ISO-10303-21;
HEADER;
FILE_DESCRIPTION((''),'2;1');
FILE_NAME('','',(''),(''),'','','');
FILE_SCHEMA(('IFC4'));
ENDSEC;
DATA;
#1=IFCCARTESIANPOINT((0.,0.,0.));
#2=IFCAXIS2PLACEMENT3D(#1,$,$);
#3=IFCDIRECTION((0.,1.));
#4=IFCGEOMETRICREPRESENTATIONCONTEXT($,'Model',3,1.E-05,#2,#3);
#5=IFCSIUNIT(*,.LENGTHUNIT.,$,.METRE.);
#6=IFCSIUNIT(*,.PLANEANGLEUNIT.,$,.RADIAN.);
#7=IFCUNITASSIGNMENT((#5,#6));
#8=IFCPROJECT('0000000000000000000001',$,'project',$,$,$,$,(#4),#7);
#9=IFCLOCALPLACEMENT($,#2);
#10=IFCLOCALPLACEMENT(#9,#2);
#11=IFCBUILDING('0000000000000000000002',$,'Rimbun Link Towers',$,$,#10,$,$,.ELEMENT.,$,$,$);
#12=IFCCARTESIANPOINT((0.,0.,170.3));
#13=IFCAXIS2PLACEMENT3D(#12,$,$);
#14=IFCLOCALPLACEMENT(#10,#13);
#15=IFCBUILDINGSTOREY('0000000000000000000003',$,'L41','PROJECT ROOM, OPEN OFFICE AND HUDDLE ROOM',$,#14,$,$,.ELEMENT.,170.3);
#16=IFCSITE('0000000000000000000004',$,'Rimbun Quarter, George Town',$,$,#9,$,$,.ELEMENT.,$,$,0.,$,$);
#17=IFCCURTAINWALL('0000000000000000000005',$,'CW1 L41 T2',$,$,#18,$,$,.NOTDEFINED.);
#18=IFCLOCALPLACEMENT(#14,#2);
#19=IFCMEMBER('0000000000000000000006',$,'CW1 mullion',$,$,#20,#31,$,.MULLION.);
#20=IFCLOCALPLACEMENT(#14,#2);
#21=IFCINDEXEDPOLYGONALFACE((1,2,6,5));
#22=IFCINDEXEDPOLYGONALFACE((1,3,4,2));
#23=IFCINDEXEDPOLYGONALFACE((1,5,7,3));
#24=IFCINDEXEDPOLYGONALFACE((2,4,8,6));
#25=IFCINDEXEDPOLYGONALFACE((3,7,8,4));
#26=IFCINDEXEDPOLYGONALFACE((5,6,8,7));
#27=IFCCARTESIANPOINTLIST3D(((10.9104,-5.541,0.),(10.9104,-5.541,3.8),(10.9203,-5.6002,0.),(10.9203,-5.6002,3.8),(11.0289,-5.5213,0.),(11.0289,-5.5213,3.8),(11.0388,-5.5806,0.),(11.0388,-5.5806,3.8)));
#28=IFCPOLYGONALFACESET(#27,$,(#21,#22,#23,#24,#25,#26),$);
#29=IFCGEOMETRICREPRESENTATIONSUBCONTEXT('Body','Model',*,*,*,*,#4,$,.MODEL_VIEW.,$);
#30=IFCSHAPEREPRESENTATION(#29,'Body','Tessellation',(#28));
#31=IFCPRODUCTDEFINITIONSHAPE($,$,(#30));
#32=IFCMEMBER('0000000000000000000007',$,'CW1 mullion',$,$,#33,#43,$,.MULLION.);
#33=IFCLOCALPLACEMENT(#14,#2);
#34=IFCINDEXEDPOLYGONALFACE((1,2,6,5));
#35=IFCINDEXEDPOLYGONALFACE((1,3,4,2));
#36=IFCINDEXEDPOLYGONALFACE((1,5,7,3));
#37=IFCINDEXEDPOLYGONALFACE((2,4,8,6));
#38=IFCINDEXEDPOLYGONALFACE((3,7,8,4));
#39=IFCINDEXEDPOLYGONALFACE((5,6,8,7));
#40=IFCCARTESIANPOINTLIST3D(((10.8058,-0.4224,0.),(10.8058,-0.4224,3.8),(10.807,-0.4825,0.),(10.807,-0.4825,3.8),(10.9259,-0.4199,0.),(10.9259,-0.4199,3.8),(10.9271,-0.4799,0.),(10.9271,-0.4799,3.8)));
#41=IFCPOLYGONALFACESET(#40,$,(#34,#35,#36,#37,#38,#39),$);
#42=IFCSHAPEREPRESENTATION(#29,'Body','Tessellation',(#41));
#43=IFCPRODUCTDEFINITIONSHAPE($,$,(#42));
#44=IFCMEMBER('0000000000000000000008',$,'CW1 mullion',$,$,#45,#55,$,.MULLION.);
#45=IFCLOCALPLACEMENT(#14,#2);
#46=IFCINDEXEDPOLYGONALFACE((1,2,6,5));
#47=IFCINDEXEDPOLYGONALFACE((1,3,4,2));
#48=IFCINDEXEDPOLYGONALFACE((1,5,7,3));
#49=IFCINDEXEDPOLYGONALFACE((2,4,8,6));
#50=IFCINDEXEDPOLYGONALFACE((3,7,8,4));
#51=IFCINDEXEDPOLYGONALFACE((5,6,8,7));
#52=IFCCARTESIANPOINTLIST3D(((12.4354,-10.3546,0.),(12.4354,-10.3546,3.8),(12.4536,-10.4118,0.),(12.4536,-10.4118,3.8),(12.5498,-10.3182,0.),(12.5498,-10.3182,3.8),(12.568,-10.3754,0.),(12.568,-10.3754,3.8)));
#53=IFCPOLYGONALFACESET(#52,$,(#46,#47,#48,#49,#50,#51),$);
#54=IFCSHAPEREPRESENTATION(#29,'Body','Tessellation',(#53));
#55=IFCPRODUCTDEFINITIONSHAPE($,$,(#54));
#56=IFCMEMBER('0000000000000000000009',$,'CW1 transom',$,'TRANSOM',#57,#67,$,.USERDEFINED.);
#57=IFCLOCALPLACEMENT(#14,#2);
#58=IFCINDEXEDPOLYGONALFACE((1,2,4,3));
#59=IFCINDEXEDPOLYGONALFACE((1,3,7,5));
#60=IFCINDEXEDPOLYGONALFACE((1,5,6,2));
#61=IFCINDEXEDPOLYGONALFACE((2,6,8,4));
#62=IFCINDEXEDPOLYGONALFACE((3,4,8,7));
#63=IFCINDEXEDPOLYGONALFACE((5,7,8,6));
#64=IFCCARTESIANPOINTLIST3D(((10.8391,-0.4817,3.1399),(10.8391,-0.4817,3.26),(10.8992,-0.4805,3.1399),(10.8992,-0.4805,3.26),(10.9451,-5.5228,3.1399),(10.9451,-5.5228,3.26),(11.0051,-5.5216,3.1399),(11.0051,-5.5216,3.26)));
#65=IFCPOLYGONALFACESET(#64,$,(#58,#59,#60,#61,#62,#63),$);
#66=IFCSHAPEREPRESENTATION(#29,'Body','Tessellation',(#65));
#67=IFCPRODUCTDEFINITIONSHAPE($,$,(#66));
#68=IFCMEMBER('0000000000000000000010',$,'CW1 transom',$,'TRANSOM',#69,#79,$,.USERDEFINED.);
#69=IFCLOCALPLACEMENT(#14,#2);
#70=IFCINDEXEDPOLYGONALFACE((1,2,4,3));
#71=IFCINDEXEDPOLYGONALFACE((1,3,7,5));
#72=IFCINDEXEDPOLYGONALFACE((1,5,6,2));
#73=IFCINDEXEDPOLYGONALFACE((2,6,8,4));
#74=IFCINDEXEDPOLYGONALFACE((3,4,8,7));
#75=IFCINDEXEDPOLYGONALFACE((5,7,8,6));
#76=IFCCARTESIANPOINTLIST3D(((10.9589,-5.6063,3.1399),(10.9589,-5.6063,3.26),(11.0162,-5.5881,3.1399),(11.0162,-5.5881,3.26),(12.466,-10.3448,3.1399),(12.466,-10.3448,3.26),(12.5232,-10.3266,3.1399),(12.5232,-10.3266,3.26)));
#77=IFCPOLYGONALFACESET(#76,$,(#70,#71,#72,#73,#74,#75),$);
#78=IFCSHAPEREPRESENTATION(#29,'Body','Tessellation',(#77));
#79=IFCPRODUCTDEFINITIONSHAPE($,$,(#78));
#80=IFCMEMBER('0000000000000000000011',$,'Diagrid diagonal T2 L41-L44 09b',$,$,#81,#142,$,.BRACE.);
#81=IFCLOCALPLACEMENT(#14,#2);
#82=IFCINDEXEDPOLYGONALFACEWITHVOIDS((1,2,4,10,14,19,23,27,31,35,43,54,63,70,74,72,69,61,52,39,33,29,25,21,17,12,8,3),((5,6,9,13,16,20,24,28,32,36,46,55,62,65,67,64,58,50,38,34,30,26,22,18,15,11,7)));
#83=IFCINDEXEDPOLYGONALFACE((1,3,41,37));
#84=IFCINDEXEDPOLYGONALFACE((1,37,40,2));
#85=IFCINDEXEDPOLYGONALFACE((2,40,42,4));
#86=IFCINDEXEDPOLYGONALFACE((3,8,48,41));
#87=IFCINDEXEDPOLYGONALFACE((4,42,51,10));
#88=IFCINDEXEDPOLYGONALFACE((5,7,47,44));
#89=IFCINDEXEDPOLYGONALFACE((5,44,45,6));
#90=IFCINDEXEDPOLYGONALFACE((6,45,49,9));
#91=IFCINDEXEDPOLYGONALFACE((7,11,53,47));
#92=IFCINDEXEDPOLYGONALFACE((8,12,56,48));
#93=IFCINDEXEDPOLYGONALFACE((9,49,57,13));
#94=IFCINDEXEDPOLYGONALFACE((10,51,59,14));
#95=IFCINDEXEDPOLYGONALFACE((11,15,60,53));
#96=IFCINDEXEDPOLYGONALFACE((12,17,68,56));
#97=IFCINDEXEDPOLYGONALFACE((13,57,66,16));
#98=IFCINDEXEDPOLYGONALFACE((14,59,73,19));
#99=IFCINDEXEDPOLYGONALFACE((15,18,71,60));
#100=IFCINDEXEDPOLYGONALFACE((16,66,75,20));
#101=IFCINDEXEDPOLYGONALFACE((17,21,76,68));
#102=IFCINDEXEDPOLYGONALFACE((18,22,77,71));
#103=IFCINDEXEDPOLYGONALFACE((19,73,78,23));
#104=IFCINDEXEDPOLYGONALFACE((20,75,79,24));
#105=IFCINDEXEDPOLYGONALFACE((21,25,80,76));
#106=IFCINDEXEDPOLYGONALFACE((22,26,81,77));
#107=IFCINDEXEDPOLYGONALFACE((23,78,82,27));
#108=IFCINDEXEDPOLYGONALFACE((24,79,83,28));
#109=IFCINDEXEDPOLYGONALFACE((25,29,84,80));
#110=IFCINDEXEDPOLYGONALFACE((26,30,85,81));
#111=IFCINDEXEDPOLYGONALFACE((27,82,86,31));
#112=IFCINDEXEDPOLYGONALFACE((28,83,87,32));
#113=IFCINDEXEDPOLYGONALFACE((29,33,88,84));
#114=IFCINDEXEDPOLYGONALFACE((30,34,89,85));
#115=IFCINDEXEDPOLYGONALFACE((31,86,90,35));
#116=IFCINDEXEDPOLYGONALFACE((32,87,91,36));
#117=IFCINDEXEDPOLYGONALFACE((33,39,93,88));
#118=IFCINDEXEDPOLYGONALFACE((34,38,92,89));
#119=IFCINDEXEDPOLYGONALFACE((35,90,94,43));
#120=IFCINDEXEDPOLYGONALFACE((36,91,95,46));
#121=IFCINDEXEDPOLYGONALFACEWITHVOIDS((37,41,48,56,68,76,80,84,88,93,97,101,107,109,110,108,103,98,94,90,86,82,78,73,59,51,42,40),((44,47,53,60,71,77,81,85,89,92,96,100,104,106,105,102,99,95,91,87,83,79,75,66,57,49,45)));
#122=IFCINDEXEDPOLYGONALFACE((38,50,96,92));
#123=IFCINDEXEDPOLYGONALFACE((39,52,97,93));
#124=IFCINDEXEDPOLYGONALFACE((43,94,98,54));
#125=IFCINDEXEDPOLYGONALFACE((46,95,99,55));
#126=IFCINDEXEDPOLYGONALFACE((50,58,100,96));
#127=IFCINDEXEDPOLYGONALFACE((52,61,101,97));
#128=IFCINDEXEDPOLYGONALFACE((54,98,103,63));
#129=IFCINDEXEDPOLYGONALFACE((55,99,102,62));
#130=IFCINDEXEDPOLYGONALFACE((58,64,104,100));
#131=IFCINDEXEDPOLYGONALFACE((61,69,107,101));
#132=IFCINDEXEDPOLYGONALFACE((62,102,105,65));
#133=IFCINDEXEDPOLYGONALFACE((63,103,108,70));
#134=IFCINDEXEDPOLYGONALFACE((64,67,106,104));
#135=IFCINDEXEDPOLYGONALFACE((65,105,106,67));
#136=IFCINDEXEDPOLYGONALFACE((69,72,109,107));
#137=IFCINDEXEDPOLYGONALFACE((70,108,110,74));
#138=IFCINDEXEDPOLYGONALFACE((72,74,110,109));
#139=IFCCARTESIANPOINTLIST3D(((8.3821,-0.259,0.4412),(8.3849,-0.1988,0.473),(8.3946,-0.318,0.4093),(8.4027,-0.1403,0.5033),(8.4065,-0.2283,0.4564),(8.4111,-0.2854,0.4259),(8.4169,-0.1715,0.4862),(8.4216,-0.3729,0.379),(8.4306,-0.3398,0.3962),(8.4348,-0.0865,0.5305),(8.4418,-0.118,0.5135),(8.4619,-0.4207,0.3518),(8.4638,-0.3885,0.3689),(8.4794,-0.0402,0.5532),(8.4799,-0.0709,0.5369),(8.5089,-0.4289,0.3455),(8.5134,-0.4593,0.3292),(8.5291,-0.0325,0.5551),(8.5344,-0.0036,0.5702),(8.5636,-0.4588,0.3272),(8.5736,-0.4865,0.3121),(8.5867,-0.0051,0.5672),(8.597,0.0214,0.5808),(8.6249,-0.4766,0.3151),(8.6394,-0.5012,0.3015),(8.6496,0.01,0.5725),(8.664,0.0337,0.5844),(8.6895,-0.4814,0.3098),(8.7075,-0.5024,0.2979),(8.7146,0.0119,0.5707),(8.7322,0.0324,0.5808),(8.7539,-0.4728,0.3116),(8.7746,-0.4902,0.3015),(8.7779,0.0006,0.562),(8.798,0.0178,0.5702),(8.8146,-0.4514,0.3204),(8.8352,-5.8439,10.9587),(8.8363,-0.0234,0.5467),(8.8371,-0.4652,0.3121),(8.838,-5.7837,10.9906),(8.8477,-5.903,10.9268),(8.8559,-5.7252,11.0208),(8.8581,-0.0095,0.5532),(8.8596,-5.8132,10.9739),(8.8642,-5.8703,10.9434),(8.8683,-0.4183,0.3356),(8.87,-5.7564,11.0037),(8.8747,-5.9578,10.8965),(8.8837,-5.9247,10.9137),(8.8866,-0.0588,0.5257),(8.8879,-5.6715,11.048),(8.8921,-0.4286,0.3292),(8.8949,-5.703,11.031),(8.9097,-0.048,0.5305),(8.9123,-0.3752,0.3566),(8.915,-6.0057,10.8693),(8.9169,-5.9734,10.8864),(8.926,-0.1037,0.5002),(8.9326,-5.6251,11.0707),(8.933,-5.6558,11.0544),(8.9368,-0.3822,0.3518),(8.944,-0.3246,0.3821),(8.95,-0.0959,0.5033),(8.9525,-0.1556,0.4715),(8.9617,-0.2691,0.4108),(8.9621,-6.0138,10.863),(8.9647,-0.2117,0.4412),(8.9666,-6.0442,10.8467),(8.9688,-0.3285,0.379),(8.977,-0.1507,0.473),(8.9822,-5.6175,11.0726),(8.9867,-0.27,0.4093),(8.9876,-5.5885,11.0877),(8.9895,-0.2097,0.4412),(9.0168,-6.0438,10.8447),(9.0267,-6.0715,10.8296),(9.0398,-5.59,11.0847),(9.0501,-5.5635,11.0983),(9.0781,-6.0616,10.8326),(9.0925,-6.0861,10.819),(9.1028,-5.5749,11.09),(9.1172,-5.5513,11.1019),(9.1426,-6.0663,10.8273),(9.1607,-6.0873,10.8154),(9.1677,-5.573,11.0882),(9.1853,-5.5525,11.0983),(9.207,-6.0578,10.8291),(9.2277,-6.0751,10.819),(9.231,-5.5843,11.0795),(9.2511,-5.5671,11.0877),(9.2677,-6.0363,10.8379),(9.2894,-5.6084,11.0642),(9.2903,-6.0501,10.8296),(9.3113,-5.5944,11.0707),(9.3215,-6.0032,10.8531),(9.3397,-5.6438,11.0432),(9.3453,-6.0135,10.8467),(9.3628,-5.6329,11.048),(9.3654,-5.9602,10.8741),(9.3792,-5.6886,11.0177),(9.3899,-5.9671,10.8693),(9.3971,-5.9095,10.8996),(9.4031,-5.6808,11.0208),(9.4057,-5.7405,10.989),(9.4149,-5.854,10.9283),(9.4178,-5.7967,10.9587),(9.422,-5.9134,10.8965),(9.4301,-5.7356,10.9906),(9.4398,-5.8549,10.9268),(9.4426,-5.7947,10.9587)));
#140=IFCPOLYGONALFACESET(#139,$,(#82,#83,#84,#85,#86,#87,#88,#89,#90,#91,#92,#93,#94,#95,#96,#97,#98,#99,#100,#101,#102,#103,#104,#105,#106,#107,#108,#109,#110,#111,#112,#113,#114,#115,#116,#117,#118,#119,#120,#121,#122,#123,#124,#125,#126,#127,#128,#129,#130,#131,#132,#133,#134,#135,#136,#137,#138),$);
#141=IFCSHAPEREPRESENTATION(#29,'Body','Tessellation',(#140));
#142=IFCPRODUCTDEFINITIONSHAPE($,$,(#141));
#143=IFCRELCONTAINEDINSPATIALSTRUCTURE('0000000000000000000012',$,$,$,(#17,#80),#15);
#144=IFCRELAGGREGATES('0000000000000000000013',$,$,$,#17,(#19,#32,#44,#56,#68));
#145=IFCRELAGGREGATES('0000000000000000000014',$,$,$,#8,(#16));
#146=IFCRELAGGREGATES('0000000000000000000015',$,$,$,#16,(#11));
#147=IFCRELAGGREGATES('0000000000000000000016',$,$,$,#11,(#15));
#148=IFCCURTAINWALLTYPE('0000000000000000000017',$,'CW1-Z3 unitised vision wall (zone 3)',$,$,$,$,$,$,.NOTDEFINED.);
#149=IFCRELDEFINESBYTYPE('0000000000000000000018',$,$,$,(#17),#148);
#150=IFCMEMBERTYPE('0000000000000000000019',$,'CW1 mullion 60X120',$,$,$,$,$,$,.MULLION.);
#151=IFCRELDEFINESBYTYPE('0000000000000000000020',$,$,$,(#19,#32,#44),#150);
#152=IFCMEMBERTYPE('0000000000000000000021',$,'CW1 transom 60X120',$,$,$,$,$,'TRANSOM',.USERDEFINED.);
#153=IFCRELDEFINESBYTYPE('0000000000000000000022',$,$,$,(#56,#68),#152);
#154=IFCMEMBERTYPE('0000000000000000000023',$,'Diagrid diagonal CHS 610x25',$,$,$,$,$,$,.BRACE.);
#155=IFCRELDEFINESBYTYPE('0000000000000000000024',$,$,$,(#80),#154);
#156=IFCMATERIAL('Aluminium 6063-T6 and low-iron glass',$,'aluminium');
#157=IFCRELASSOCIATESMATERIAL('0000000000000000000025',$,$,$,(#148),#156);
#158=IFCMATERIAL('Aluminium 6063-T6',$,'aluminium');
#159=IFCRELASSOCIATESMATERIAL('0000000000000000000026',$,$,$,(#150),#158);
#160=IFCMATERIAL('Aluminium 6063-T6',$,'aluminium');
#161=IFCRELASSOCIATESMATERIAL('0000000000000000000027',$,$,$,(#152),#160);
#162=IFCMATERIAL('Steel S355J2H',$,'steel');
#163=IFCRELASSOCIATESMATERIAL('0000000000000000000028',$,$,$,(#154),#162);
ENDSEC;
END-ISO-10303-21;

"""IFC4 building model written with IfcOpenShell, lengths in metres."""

from ifc_helpers import new_model, si_unit, direction, frame, origin, origin_2d, place, context, subcontext, project, spatial, rectangle, hollow_circle, extrude, material, material_profile, profile_set, type_object, element, aggregate, save


model = new_model("IFC4")

# Units and contexts
model_context = context("Model", 3, precision=1e-05, world=origin(), true_north=direction((0.0, 1.0)))
body_context = subcontext(model_context, "Body", "Model", "MODEL_VIEW")
ifc_project = project(units=[si_unit("LENGTHUNIT", "METRE"), si_unit("PLANEANGLEUNIT", "RADIAN")], contexts=[model_context])

# Site, building, storey
site_placement = place(None, origin())
site = spatial("IfcSite", under=ifc_project, at=site_placement, Name="Rimbun Quarter, George Town", CompositionType="ELEMENT", RefElevation=0.0)
building_placement = place(site_placement, origin())
building = spatial("IfcBuilding", under=site, at=building_placement, Name="Rimbun Link Towers", CompositionType="ELEMENT")
storey_placement = place(building_placement, frame((0.0, 0.0, 170.3)))
storey = spatial("IfcBuildingStorey", under=building, at=storey_placement, Name="L41", Description="PROJECT ROOM, OPEN OFFICE AND HUDDLE ROOM", CompositionType="ELEMENT", Elevation=170.3)

# Curtain wall, members
ifc_material_1 = material(Name="Aluminium 6063-T6 and low-iron glass", Category="aluminium")
curtain_wall_type = type_object("IfcCurtainWallType", Name="CW1-Z3 unitised vision wall (zone 3)", PredefinedType="NOTDEFINED", material=ifc_material_1)
curtain_wall_placement = place(storey_placement, origin())
curtain_wall = element("IfcCurtainWall", 1, at=curtain_wall_placement, inside=storey, type_object=curtain_wall_type, Name="CW1 L41 T2", PredefinedType="NOTDEFINED")
ifc_material_2 = material(Name="Aluminium 6063-T6", Category="aluminium")
ifc_material_profile_1 = material_profile(ifc_material_2, rectangle(XDim=0.1201, YDim=0.0601, at=origin_2d()), Name="MULLION 60X120")
ifc_profile_set_1 = profile_set([ifc_material_profile_1], Name="Aluminium 6063-T6")
member_type_1 = type_object("IfcMemberType", Name="CW1 mullion 60X120", PredefinedType="MULLION", material=ifc_profile_set_1)
member_1_placement = place(storey_placement, frame((10.9746, -5.5608, 0.0), z_axis=(0.0, 0.0, 1.0), x_axis=(-0.986503, -0.163743, 0.0)))
member_1 = element("IfcMember", 2, at=member_1_placement, type_object=member_type_1, Name="CW1 mullion", PredefinedType="MULLION", context=body_context, shape_type="SweptSolid", body=[
    extrude(rectangle(XDim=0.1201, YDim=0.0601, at=origin_2d()), origin(), (0.0, 0.0, 1.0), 3.8),
])
member_2_placement = place(storey_placement, frame((10.8665, -0.4512, 0.0), z_axis=(0.0, 0.0, 1.0), x_axis=(-0.999778, -0.021055, 0.0)))
member_2 = element("IfcMember", 3, at=member_2_placement, type_object=member_type_1, Name="CW1 mullion", PredefinedType="MULLION", context=body_context, shape_type="SweptSolid", body=[
    extrude(rectangle(XDim=0.1201, YDim=0.0601, at=origin_2d()), origin(), (0.0, 0.0, 1.0), 3.8),
])
member_3_placement = place(storey_placement, frame((12.5017, -10.365, 0.0), z_axis=(0.0, 0.0, 1.0), x_axis=(-0.952969, -0.303068, 0.0)))
member_3 = element("IfcMember", 4, at=member_3_placement, type_object=member_type_1, Name="CW1 mullion", PredefinedType="MULLION", context=body_context, shape_type="SweptSolid", body=[
    extrude(rectangle(XDim=0.1201, YDim=0.0601, at=origin_2d()), origin(), (0.0, 0.0, 1.0), 3.8),
])
ifc_material_3 = material(Name="Aluminium 6063-T6", Category="aluminium")
ifc_material_profile_2 = material_profile(ifc_material_3, rectangle(XDim=0.0601, YDim=0.1201, at=origin_2d()), Name="TRANSOM 60X120")
ifc_profile_set_2 = profile_set([ifc_material_profile_2], Name="Aluminium 6063-T6")
member_type_2 = type_object("IfcMemberType", Name="CW1 transom 60X120", ElementType="TRANSOM", PredefinedType="USERDEFINED", material=ifc_profile_set_2)
member_4_placement = place(storey_placement, frame((10.9751, -5.5222, 3.2), z_axis=(-0.021014, 0.999779, 0.0), x_axis=(-0.999779, -0.021014, 0.0)))
member_4 = element("IfcMember", 5, at=member_4_placement, type_object=member_type_2, Name="CW1 transom", ObjectType="TRANSOM", PredefinedType="USERDEFINED", context=body_context, shape_type="SweptSolid", body=[
    extrude(rectangle(XDim=0.0601, YDim=0.1201, at=origin_2d()), origin(), (0.0, 0.0, 1.0), 5.0422),
])
member_5_placement = place(storey_placement, frame((12.4946, -10.3357, 3.2), z_axis=(-0.303088, 0.952963, 0.0), x_axis=(-0.952963, -0.303088, 0.0)))
member_5 = element("IfcMember", 6, at=member_5_placement, type_object=member_type_2, Name="CW1 transom", ObjectType="TRANSOM", PredefinedType="USERDEFINED", context=body_context, shape_type="SweptSolid", body=[
    extrude(rectangle(XDim=0.0601, YDim=0.1201, at=origin_2d()), origin(), (0.0, 0.0, 1.0), 4.9724),
])

# Member
ifc_material_4 = material(Name="Steel S355J2H", Category="steel")
ifc_material_profile_3 = material_profile(ifc_material_4, hollow_circle(Radius=0.3047, WallThickness=0.0249, at=origin_2d()), Name="Diagrid diagonal CHS 610x25")
ifc_profile_set_3 = profile_set([ifc_material_profile_3], Name="Steel S355J2H")
member_type_3 = type_object("IfcMemberType", Name="Diagrid diagonal CHS 610x25", PredefinedType="BRACE", material=ifc_profile_set_3)
member_6_placement = place(storey_placement, frame((8.6858, -0.2344, 0.4412), z_axis=(0.038023, -0.468652, 0.882564), x_axis=(0.996725, 0.080867, 0.0)))
element("IfcMember", 7, at=member_6_placement, inside=storey, type_object=member_type_3, Name="Diagrid diagonal T2 L41-L44 09b", PredefinedType="BRACE", context=body_context, shape_type="SweptSolid", body=[
    extrude(hollow_circle(Radius=0.3047, WallThickness=0.0249, at=origin_2d()), origin(), (0.0, 0.0, 1.0), 11.917),
])

aggregate(curtain_wall, [member_1, member_2, member_3, member_4, member_5])

save(model, "model.ifc")
